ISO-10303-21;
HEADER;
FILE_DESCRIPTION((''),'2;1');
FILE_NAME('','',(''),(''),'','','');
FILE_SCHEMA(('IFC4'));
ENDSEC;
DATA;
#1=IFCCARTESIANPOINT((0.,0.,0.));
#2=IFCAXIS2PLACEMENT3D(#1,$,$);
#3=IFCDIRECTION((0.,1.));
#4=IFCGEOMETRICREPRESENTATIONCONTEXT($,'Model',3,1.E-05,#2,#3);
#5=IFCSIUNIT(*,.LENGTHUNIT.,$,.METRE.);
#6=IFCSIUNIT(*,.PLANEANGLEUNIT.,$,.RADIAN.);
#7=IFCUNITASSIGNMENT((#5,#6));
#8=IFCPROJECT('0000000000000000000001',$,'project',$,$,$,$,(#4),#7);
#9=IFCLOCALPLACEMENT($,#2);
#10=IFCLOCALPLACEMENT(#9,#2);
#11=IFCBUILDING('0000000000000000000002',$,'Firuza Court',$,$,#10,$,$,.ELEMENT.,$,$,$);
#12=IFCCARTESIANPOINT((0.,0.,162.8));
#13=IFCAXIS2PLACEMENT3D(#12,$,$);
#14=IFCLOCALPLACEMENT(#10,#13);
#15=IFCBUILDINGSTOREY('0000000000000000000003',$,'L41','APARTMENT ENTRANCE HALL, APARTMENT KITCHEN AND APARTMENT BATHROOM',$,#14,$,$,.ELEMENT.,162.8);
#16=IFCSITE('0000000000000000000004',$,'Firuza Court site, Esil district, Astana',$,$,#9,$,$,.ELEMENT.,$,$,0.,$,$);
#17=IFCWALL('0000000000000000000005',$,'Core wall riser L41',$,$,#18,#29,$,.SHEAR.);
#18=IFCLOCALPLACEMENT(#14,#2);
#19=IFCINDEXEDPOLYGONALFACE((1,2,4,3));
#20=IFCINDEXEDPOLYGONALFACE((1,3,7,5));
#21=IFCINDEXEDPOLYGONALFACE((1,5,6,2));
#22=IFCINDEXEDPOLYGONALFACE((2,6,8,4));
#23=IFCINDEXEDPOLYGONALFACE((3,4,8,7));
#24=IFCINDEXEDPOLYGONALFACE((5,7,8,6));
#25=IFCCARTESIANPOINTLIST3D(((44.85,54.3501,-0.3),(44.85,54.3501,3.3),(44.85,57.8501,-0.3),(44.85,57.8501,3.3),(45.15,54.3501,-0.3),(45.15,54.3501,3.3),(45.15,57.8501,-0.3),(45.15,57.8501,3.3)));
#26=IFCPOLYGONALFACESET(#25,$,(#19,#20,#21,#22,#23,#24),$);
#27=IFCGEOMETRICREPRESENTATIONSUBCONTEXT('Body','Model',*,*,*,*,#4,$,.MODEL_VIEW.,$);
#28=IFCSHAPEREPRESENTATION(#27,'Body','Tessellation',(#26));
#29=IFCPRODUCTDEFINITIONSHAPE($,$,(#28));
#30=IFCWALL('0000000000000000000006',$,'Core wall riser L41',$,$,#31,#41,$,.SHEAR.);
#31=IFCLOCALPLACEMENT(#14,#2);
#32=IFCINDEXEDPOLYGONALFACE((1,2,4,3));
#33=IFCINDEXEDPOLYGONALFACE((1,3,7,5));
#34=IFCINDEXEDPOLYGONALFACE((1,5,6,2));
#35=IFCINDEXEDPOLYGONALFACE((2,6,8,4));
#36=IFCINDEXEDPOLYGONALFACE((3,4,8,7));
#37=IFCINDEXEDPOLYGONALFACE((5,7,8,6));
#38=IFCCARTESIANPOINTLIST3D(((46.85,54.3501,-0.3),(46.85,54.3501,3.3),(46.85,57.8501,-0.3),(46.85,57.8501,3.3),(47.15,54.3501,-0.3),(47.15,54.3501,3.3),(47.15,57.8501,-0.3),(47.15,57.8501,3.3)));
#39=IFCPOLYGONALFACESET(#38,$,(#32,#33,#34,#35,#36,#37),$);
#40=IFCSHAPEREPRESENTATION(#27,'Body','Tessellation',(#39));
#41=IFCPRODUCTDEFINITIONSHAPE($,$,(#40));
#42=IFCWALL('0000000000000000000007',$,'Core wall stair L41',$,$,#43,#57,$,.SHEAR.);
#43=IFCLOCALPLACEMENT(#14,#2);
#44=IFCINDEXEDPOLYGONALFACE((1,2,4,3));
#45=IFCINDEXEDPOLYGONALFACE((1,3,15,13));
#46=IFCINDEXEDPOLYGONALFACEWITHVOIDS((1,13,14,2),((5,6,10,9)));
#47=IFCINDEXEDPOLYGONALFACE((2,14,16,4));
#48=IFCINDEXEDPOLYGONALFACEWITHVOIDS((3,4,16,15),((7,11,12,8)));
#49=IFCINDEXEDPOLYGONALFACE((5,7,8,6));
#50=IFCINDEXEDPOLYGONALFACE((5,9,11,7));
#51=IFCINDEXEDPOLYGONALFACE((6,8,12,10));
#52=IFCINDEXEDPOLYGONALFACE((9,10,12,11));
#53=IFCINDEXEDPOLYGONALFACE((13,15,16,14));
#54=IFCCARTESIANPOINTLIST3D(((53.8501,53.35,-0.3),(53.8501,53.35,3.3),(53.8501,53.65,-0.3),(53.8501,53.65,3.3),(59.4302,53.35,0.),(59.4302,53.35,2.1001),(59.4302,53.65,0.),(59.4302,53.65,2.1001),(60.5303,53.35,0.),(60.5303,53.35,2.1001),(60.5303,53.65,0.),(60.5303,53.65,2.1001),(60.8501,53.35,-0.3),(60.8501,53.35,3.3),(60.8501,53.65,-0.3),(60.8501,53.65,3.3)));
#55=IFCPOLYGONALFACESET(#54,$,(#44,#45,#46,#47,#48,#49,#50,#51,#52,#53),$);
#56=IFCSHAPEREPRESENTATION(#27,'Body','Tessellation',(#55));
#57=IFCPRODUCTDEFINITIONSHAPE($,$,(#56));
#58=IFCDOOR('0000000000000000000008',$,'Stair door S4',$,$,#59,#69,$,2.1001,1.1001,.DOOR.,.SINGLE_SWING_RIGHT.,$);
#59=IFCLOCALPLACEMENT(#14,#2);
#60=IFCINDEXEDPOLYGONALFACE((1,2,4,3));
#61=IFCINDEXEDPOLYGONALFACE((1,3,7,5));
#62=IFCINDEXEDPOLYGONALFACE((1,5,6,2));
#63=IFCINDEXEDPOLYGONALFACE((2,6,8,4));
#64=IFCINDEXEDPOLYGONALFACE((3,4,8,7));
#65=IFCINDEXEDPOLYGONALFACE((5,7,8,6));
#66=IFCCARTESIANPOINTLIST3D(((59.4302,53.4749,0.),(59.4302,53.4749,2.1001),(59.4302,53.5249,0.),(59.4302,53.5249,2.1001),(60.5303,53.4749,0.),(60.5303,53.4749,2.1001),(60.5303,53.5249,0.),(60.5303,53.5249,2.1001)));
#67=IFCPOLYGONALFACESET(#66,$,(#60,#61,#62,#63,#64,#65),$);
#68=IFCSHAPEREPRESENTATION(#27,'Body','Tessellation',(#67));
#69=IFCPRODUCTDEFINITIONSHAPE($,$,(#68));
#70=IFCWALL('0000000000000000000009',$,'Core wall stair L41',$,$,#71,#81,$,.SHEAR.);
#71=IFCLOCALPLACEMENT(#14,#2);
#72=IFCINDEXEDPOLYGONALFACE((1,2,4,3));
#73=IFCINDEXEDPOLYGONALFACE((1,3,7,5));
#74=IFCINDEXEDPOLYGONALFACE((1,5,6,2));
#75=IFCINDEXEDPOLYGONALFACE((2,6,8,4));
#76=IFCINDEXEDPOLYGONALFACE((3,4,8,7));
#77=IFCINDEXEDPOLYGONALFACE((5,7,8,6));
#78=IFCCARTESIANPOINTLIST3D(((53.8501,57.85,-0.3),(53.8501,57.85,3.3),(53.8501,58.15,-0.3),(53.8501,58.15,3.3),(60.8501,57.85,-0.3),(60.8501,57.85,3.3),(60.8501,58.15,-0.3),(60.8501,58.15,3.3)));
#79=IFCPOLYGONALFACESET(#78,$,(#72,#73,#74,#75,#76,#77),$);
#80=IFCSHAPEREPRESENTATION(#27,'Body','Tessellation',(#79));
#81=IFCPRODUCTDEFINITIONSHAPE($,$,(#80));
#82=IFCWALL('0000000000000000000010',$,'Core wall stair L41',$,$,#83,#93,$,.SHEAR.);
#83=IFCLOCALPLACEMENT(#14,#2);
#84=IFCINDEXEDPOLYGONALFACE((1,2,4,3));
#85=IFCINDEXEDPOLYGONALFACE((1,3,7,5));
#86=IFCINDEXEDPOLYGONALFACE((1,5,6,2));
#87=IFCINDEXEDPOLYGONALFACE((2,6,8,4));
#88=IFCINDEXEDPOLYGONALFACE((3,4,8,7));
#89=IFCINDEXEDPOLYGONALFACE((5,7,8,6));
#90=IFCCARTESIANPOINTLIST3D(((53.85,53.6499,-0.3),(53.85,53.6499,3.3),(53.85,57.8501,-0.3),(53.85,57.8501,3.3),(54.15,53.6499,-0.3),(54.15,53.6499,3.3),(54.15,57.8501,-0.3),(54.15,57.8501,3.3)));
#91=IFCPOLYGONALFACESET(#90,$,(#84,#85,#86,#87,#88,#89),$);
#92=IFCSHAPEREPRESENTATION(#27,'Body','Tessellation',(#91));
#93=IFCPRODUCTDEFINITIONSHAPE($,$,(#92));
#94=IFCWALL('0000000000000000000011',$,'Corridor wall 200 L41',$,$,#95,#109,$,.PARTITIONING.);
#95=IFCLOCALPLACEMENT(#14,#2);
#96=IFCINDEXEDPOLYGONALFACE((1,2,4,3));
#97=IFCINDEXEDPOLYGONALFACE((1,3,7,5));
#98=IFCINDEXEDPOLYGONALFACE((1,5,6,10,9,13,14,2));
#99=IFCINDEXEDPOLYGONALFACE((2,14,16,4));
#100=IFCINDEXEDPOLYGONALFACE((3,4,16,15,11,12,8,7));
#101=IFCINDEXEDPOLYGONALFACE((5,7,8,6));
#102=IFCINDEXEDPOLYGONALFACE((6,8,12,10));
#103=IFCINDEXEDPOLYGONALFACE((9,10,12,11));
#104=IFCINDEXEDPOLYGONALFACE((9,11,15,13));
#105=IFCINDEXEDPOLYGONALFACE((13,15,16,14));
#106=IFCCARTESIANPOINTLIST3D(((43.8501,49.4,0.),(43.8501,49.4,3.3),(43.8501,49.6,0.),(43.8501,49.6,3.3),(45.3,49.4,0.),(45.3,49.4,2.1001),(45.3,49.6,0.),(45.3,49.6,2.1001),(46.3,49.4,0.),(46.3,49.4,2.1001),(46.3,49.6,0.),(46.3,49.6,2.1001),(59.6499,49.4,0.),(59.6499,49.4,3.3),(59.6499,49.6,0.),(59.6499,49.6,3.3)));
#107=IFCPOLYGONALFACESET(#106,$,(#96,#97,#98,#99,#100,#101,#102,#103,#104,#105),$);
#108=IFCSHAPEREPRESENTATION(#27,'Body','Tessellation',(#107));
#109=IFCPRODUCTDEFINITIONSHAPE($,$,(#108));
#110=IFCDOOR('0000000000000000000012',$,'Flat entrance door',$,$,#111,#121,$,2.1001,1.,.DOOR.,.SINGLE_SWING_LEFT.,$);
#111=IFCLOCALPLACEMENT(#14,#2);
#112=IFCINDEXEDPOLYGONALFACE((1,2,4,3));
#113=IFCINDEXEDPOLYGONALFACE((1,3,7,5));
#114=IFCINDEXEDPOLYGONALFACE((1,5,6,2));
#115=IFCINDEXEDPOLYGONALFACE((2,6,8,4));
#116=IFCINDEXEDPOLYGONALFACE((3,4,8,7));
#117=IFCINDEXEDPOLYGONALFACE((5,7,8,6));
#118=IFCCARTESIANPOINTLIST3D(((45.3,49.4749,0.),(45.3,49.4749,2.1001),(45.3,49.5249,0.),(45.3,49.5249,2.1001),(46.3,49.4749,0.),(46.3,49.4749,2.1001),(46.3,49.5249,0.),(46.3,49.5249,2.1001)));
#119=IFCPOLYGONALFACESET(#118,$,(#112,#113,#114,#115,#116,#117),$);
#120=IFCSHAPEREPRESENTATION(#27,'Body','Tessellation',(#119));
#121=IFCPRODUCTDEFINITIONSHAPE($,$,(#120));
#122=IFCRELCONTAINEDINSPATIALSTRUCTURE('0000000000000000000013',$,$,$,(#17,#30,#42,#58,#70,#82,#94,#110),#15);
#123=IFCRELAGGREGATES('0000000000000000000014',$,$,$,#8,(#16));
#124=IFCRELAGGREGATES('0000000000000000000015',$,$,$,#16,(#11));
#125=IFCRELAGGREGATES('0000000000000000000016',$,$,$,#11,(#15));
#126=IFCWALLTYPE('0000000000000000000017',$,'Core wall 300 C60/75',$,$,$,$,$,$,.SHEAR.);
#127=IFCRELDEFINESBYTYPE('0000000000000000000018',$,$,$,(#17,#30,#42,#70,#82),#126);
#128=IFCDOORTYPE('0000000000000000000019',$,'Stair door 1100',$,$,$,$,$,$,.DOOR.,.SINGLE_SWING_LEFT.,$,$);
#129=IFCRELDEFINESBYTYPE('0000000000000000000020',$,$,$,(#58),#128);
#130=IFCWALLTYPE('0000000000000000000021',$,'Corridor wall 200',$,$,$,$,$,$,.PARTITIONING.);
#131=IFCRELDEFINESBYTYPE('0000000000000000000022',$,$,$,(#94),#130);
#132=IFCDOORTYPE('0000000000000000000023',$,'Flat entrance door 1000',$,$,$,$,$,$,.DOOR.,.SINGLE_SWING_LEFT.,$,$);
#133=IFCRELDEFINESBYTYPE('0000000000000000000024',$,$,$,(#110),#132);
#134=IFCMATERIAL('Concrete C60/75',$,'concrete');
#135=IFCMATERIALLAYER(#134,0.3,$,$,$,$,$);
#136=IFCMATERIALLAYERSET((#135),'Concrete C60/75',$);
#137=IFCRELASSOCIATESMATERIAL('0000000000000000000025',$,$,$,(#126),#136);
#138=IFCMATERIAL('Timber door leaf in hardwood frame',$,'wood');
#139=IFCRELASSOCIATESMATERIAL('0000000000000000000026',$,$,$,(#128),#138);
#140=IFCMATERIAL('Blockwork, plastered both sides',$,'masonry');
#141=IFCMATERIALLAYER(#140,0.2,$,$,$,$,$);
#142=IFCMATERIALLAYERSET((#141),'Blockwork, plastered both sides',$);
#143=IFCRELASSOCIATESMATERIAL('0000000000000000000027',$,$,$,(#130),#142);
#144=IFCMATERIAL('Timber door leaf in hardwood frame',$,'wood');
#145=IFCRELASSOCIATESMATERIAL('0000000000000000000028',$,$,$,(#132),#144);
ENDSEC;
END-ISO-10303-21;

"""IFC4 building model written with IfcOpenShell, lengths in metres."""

from ifc_helpers import new_model, si_unit, direction, frame, frame_2d, origin, place, context, subcontext, project, spatial, rectangle, extrude, material, layer, layer_set, type_object, element, fill, save


model = new_model("IFC4")

# Units and contexts
model_context = context("Model", 3, precision=1e-05, world=origin(), true_north=direction((0.0, 1.0)))
body_context = subcontext(model_context, "Body", "Model", "MODEL_VIEW")
ifc_project = project(units=[si_unit("LENGTHUNIT", "METRE"), si_unit("PLANEANGLEUNIT", "RADIAN")], contexts=[model_context])

# Site, building, storey
site_placement = place(None, origin())
site = spatial("IfcSite", under=ifc_project, at=site_placement, Name="Firuza Court site, Esil district, Astana", CompositionType="ELEMENT", RefElevation=0.0)
building_placement = place(site_placement, origin())
building = spatial("IfcBuilding", under=site, at=building_placement, Name="Firuza Court", CompositionType="ELEMENT")
storey_placement = place(building_placement, frame((0.0, 0.0, 162.8)))
storey = spatial("IfcBuildingStorey", under=building, at=storey_placement, Name="L41", Description="APARTMENT ENTRANCE HALL, APARTMENT KITCHEN AND APARTMENT BATHROOM", CompositionType="ELEMENT", Elevation=162.8)

# Shared definitions
ifc_material_1 = material(Name="Concrete C60/75", Category="concrete")
ifc_layer_1 = layer(ifc_material_1, 0.3)
ifc_layer_set_1 = layer_set([ifc_layer_1], Name="Concrete C60/75")
wall_type_1 = type_object("IfcWallType", Name="Core wall 300 C60/75", PredefinedType="SHEAR", material=ifc_layer_set_1)

# Walls
for number, where, z_axis, x_axis, name in (
    (1, (45.0, 54.3501, -0.3), (0.0, 0.0, 1.0), (0.0, 1.0, 0.0), "Core wall riser L41"),
    (2, (47.0, 54.3501, -0.3), (0.0, 0.0, 1.0), (0.0, 1.0, 0.0), "Core wall riser L41"),
):
    element("IfcWall", number, at=place(storey_placement, frame(where, z_axis=z_axis, x_axis=x_axis)), inside=storey, type_object=wall_type_1, Name=name, PredefinedType="SHEAR", context=body_context, shape_type="SweptSolid", body=[
        extrude(rectangle(XDim=3.5, YDim=0.3, at=frame_2d((1.75, 0.0))), origin(), (0.0, 0.0, 1.0), 3.6001),
    ])

# Wall, opening, door
wall_1_placement = place(storey_placement, frame((53.8501, 53.5, -0.3), z_axis=(0.0, 0.0, 1.0), x_axis=(1.0, 0.0, 0.0)))
wall_1 = element("IfcWall", 3, at=wall_1_placement, inside=storey, type_object=wall_type_1, Name="Core wall stair L41", PredefinedType="SHEAR", context=body_context, shape_type="SweptSolid", body=[
    extrude(rectangle(XDim=7.0, YDim=0.3, at=frame_2d((3.5, 0.0))), origin(), (0.0, 0.0, 1.0), 3.6001),
])
opening_1_placement = place(wall_1_placement, frame((5.5801, 0.0, 0.3)))
opening_1 = element("IfcOpeningElement", 4, at=opening_1_placement, cuts=wall_1, PredefinedType="OPENING", context=body_context, shape_type="SweptSolid", body=[
    extrude(rectangle(XDim=1.1001, YDim=2.1001, at=frame_2d((0.55, 1.05))), frame((0.0, 0.1621, 0.0), z_axis=(0.0, -1.0, 0.0), x_axis=(1.0, 0.0, 0.0)), (0.0, 0.0, 1.0), 0.324),
])
ifc_material_2 = material(Name="Timber door leaf in hardwood frame", Category="wood")
door_type_1 = type_object("IfcDoorType", Name="Stair door 1100", OperationType="SINGLE_SWING_LEFT", PredefinedType="DOOR", material=ifc_material_2)
door_1_placement = place(opening_1_placement, origin())
door_1 = element("IfcDoor", 5, at=door_1_placement, inside=storey, type_object=door_type_1, Name="Stair door S4", OperationType="SINGLE_SWING_RIGHT", OverallHeight=2.1001, OverallWidth=1.1001, PredefinedType="DOOR", context=body_context, shape_type="SweptSolid", body=[
    extrude(rectangle(XDim=1.1001, YDim=2.1001, at=frame_2d((0.55, 1.05))), frame((0.0, 0.0249, 0.0), z_axis=(0.0, -1.0, 0.0), x_axis=(1.0, 0.0, 0.0)), (0.0, 0.0, 1.0), 0.05),
])
fill(opening_1, door_1)

# Walls
wall_2_placement = place(storey_placement, frame((53.8501, 58.0, -0.3), z_axis=(0.0, 0.0, 1.0), x_axis=(1.0, 0.0, 0.0)))
element("IfcWall", 6, at=wall_2_placement, inside=storey, type_object=wall_type_1, Name="Core wall stair L41", PredefinedType="SHEAR", context=body_context, shape_type="SweptSolid", body=[
    extrude(rectangle(XDim=7.0, YDim=0.3, at=frame_2d((3.5, 0.0))), origin(), (0.0, 0.0, 1.0), 3.6001),
])
wall_3_placement = place(storey_placement, frame((54.0, 53.6499, -0.3), z_axis=(0.0, 0.0, 1.0), x_axis=(0.0, 1.0, 0.0)))
element("IfcWall", 7, at=wall_3_placement, inside=storey, type_object=wall_type_1, Name="Core wall stair L41", PredefinedType="SHEAR", context=body_context, shape_type="SweptSolid", body=[
    extrude(rectangle(XDim=4.2002, YDim=0.3, at=frame_2d((2.1001, 0.0))), origin(), (0.0, 0.0, 1.0), 3.6001),
])

# Wall, opening, door
ifc_material_3 = material(Name="Blockwork, plastered both sides", Category="masonry")
ifc_layer_2 = layer(ifc_material_3, 0.2)
ifc_layer_set_2 = layer_set([ifc_layer_2], Name="Blockwork, plastered both sides")
wall_type_2 = type_object("IfcWallType", Name="Corridor wall 200", PredefinedType="PARTITIONING", material=ifc_layer_set_2)
wall_4_placement = place(storey_placement, frame((43.8501, 49.5, 0.0), z_axis=(0.0, 0.0, 1.0), x_axis=(1.0, 0.0, 0.0)))
wall_4 = element("IfcWall", 8, at=wall_4_placement, inside=storey, type_object=wall_type_2, Name="Corridor wall 200 L41", PredefinedType="PARTITIONING", context=body_context, shape_type="SweptSolid", body=[
    extrude(rectangle(XDim=15.7998, YDim=0.2, at=frame_2d((7.8999, 0.0))), origin(), (0.0, 0.0, 1.0), 3.3),
])
opening_2_placement = place(wall_4_placement, frame((1.45, 0.0, 0.0)))
opening_2 = element("IfcOpeningElement", 9, at=opening_2_placement, cuts=wall_4, PredefinedType="OPENING", context=body_context, shape_type="SweptSolid", body=[
    extrude(rectangle(XDim=1.0, YDim=2.1001, at=frame_2d((0.5, 1.05))), frame((0.0, 0.1118, 0.0), z_axis=(0.0, -1.0, 0.0), x_axis=(1.0, 0.0, 0.0)), (0.0, 0.0, 1.0), 0.2239),
])
ifc_material_4 = material(Name="Timber door leaf in hardwood frame", Category="wood")
door_type_2 = type_object("IfcDoorType", Name="Flat entrance door 1000", OperationType="SINGLE_SWING_LEFT", PredefinedType="DOOR", material=ifc_material_4)
door_2_placement = place(opening_2_placement, origin())
door_2 = element("IfcDoor", 10, at=door_2_placement, inside=storey, type_object=door_type_2, Name="Flat entrance door", OperationType="SINGLE_SWING_LEFT", OverallHeight=2.1001, OverallWidth=1.0, PredefinedType="DOOR", context=body_context, shape_type="SweptSolid", body=[
    extrude(rectangle(XDim=1.0, YDim=2.1001, at=frame_2d((0.5, 1.05))), frame((0.0, 0.0249, 0.0), z_axis=(0.0, -1.0, 0.0), x_axis=(1.0, 0.0, 0.0)), (0.0, 0.0, 1.0), 0.05),
])
fill(opening_2, door_2)

save(model, "model.ifc")
